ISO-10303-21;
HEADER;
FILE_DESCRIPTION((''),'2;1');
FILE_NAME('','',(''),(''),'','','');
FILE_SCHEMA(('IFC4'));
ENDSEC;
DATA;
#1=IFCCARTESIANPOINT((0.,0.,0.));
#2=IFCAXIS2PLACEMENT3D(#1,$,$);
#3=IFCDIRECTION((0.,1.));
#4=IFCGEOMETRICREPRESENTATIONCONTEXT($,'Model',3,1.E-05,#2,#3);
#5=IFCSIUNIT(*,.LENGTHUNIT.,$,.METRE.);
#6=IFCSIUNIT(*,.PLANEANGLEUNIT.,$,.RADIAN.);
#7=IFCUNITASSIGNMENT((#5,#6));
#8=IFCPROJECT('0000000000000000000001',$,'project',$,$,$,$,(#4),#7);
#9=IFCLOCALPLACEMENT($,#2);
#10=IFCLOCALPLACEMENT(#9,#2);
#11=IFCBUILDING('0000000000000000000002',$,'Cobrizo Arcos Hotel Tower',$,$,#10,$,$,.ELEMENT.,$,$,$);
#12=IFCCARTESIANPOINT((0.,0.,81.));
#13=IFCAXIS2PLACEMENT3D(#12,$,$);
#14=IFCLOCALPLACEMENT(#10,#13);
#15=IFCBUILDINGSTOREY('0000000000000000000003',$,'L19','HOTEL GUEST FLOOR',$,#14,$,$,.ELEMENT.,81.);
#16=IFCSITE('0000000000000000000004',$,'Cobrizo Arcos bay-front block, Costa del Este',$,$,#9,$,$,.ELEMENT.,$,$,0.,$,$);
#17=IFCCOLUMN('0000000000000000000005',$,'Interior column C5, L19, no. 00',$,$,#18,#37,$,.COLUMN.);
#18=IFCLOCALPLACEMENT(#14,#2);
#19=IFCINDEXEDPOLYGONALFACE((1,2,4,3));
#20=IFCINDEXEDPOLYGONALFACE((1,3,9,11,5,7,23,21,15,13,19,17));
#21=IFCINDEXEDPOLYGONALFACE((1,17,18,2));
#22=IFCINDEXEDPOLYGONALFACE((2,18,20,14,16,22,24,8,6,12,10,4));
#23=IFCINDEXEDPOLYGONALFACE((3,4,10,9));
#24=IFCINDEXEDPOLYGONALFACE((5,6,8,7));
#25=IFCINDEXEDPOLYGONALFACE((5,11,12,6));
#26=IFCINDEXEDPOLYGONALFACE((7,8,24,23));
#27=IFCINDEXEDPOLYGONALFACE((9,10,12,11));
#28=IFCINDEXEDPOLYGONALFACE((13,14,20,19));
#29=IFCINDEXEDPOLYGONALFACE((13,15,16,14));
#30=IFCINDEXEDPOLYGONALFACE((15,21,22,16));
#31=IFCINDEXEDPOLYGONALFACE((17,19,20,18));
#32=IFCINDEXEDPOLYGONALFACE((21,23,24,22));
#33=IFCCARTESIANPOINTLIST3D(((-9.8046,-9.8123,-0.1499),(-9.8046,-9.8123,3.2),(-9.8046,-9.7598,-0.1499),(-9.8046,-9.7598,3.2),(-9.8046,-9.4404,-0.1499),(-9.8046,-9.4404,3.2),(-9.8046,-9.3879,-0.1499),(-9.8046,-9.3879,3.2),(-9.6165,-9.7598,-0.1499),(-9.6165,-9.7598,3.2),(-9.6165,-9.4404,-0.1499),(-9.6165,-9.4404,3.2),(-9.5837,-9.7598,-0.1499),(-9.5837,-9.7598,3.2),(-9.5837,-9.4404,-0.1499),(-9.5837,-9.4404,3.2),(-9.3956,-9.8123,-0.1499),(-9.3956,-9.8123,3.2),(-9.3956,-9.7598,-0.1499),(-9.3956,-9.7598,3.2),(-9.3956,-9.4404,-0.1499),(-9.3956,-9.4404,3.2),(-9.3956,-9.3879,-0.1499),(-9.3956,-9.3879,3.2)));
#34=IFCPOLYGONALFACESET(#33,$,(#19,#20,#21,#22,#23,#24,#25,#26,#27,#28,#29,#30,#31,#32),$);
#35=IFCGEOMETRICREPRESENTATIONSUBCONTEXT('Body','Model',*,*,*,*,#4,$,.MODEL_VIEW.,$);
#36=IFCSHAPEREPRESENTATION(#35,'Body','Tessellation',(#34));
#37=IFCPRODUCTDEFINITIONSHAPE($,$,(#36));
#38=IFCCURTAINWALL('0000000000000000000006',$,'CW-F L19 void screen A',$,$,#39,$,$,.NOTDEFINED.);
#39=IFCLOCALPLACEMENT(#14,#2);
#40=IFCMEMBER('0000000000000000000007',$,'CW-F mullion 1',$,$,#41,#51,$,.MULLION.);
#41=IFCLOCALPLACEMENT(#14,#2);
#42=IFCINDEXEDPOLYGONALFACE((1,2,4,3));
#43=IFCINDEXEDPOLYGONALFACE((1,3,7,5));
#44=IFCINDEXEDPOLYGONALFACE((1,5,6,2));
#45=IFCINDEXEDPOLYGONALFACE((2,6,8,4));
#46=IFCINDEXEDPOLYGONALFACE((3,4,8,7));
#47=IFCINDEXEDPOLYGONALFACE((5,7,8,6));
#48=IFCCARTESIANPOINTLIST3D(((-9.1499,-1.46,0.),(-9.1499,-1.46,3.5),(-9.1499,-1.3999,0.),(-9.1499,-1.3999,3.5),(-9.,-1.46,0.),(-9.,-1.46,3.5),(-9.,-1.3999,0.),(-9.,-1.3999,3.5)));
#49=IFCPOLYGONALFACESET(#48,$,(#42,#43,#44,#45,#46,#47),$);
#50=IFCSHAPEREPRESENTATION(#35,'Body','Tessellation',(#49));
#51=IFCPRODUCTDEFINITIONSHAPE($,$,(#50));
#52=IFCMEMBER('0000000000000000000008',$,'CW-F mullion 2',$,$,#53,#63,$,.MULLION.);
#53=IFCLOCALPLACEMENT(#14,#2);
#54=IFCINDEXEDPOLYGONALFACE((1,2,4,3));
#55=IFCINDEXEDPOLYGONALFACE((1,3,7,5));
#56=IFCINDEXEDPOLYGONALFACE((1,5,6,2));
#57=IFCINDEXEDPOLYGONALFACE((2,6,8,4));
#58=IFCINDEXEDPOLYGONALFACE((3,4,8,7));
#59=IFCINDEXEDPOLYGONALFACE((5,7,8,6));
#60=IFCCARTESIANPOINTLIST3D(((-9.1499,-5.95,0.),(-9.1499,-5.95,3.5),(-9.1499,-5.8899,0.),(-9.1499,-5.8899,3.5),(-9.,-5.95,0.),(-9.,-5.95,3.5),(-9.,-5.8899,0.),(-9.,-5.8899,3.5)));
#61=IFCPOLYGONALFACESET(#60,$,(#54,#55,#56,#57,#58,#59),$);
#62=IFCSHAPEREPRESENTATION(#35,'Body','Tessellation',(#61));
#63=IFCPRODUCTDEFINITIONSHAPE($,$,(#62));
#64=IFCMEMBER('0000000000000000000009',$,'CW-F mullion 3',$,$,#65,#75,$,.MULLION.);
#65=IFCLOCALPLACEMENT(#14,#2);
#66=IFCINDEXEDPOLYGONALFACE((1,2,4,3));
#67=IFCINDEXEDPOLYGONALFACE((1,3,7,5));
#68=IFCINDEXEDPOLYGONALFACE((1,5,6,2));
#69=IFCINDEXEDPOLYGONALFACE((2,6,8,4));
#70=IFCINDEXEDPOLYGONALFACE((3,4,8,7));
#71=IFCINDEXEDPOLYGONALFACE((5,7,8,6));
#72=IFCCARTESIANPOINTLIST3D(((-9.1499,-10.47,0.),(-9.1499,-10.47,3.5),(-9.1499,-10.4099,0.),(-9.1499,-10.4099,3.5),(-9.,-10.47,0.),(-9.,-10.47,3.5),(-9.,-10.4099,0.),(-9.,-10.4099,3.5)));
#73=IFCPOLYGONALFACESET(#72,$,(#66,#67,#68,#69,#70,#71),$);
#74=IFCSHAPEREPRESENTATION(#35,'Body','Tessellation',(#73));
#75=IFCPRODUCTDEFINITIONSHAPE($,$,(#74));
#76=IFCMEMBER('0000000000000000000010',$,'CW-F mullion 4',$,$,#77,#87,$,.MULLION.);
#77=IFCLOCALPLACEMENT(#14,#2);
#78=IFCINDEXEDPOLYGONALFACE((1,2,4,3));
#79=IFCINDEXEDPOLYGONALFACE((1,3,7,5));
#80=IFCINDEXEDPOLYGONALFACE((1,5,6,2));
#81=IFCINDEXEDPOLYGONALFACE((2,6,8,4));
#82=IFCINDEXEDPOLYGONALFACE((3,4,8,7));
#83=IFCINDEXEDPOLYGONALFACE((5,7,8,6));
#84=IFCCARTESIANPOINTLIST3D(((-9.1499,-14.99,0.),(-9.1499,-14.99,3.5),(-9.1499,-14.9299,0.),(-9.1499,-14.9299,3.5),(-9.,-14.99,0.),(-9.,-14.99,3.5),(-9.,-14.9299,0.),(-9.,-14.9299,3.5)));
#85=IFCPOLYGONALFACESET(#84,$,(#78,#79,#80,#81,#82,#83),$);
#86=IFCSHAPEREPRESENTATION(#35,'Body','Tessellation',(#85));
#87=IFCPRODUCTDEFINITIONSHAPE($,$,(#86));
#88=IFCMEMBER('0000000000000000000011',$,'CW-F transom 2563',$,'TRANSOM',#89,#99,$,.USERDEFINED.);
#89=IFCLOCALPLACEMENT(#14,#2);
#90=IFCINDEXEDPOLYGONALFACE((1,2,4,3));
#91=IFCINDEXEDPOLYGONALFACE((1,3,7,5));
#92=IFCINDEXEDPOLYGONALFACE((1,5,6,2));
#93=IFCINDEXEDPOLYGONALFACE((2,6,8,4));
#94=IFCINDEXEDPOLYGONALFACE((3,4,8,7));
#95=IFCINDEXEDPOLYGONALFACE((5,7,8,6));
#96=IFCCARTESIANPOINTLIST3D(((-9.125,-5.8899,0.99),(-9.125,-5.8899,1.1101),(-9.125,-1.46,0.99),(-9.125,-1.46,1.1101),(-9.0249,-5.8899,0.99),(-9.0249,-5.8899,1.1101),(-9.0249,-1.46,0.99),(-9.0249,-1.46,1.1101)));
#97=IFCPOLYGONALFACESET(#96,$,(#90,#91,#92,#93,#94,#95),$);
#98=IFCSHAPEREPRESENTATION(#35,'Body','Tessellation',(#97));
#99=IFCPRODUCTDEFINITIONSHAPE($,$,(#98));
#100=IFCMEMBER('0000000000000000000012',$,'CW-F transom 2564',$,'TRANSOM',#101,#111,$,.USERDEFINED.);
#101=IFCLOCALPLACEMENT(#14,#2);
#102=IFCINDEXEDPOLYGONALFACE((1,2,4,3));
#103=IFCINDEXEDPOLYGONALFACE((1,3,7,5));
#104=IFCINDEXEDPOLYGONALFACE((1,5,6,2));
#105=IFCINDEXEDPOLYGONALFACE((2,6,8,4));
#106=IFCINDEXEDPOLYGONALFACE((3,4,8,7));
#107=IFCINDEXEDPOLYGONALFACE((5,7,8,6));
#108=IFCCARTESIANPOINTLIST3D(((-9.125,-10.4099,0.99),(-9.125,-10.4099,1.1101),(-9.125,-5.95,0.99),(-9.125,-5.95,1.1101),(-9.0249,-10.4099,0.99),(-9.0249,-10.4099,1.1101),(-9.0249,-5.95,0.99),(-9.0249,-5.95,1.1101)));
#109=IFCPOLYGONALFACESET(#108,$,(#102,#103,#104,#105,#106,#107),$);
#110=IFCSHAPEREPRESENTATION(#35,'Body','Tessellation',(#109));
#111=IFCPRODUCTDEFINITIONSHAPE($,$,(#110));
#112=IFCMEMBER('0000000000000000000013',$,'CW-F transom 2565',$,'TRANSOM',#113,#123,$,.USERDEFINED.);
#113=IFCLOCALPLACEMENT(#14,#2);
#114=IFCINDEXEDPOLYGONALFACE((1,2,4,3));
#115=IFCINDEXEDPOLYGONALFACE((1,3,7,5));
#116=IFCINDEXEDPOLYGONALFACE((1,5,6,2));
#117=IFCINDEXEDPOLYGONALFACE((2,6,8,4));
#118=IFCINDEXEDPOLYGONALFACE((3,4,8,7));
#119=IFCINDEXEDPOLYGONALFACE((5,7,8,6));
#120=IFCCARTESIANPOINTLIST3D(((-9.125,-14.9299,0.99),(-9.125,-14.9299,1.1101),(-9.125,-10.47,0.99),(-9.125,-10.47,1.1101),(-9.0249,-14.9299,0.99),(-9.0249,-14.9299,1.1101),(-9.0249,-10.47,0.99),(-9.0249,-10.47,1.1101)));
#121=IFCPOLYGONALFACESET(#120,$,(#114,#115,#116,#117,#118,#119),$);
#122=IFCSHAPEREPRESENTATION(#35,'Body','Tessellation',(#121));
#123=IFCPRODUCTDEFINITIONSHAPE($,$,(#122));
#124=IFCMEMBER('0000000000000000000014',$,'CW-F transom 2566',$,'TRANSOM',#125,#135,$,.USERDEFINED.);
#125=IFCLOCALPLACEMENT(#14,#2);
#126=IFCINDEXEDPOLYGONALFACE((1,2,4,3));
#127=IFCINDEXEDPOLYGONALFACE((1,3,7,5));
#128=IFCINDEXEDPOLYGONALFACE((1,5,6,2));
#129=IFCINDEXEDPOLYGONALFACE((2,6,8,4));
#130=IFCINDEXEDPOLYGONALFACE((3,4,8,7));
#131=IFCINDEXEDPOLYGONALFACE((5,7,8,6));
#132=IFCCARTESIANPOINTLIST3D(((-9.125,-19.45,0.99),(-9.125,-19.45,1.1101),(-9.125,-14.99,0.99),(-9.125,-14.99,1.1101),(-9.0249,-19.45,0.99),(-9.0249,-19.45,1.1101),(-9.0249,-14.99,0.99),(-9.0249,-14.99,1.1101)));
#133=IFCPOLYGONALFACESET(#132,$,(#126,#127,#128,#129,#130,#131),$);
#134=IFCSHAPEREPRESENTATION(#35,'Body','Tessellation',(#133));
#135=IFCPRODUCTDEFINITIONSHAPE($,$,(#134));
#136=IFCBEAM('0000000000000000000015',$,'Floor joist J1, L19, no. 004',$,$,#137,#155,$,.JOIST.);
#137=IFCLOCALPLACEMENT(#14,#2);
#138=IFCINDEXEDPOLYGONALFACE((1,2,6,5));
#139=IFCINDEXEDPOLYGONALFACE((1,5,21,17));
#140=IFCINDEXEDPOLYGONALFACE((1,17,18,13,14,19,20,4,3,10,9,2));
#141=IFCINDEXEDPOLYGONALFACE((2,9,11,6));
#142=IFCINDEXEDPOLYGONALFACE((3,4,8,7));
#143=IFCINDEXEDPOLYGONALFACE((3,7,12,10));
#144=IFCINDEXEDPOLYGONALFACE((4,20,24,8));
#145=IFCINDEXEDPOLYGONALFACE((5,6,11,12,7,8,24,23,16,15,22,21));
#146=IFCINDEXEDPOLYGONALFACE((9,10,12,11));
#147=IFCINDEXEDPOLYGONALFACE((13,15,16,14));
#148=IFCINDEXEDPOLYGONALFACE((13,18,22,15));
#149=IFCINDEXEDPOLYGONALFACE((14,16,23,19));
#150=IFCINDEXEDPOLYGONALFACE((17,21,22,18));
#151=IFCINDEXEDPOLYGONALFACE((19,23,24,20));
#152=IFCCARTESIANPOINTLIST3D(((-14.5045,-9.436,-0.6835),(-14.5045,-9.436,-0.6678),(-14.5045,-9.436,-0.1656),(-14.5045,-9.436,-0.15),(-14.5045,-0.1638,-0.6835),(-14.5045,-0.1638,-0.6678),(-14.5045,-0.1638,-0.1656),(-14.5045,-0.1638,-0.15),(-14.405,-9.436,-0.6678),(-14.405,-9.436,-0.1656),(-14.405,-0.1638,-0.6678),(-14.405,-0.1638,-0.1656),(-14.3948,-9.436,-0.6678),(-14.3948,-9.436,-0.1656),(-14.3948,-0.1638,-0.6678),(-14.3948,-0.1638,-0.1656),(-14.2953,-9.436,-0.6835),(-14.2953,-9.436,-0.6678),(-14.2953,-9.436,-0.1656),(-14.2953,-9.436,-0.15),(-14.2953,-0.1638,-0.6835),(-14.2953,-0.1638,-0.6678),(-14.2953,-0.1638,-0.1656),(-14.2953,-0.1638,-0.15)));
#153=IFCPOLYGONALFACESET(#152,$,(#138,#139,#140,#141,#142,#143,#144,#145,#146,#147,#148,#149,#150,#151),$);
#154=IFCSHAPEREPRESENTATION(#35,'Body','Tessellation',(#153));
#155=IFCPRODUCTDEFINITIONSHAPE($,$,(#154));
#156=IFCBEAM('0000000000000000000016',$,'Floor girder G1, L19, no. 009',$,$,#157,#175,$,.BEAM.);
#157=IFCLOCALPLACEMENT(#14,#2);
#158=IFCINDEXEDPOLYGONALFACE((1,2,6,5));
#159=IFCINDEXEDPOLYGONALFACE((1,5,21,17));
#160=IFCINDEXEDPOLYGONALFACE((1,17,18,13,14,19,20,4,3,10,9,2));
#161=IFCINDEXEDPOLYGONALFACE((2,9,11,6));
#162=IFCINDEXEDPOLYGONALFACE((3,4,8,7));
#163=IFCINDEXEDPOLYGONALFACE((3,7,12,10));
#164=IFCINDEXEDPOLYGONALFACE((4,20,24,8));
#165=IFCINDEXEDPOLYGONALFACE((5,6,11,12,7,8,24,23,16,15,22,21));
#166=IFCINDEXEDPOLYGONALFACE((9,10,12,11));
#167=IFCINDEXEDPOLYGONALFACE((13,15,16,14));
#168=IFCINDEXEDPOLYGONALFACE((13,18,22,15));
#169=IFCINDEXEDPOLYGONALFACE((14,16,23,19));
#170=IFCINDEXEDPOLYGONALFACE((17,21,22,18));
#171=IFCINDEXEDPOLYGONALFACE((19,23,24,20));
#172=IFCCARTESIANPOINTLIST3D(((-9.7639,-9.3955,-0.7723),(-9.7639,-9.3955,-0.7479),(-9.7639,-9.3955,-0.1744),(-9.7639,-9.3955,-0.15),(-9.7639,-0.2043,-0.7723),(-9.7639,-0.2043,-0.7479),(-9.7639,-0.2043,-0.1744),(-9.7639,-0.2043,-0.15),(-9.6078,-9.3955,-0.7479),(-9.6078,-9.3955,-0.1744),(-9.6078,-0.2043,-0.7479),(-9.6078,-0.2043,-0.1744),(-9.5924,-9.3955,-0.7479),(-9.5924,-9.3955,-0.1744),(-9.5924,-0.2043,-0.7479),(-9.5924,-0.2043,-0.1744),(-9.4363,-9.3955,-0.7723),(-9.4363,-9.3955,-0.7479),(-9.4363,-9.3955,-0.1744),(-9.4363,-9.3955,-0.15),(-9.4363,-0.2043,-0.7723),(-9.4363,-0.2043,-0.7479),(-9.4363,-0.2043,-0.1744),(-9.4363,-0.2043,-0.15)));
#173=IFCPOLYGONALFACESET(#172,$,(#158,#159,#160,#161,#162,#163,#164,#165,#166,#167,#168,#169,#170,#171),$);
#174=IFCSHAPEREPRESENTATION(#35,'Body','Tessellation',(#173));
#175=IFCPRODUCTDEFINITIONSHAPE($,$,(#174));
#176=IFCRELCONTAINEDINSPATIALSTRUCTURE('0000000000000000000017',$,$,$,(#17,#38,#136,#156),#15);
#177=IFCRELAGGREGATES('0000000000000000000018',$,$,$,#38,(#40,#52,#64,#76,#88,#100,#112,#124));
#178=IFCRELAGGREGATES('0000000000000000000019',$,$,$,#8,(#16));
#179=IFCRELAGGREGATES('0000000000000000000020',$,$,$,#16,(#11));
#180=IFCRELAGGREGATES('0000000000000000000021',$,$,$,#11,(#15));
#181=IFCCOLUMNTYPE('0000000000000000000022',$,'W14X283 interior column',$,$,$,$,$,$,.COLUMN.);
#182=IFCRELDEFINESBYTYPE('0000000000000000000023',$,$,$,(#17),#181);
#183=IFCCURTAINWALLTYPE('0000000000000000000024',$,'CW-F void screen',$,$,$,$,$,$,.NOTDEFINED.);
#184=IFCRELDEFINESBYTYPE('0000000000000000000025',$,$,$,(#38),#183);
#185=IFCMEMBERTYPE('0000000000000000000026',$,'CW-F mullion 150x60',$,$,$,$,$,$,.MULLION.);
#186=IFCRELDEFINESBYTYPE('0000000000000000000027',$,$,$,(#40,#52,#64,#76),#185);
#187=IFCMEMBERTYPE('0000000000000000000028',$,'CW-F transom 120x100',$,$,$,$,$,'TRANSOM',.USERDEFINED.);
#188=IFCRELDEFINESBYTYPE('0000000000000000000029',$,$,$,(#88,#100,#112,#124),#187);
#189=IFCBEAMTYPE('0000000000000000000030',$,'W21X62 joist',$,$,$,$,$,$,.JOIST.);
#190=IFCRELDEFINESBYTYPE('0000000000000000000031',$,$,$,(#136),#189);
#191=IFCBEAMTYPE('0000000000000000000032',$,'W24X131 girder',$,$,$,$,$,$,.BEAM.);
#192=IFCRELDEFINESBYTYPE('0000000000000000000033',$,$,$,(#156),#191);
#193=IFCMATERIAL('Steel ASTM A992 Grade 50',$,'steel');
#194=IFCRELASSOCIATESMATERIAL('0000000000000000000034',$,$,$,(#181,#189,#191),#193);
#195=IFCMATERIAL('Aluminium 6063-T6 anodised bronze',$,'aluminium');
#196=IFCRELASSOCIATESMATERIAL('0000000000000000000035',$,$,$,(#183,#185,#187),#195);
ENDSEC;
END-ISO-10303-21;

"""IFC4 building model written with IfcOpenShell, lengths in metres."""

from ifc_helpers import new_model, si_unit, direction, frame, origin, origin_2d, place, context, subcontext, project, spatial, rectangle, i_section, extrude, material, material_profile, profile_set, type_object, element, aggregate, save


model = new_model("IFC4")

# Units and contexts
model_context = context("Model", 3, precision=1e-05, world=origin(), true_north=direction((0.0, 1.0)))
body_context = subcontext(model_context, "Body", "Model", "MODEL_VIEW")
ifc_project = project(units=[si_unit("LENGTHUNIT", "METRE"), si_unit("PLANEANGLEUNIT", "RADIAN")], contexts=[model_context])

# Site, building, storey
site_placement = place(None, origin())
site = spatial("IfcSite", under=ifc_project, at=site_placement, Name="Cobrizo Arcos bay-front block, Costa del Este", CompositionType="ELEMENT", RefElevation=0.0)
building_placement = place(site_placement, origin())
building = spatial("IfcBuilding", under=site, at=building_placement, Name="Cobrizo Arcos Hotel Tower", CompositionType="ELEMENT")
storey_placement = place(building_placement, frame((0.0, 0.0, 81.0)))
storey = spatial("IfcBuildingStorey", under=building, at=storey_placement, Name="L19", Description="HOTEL GUEST FLOOR", CompositionType="ELEMENT", Elevation=81.0)

# Column
ifc_material_1 = material(Name="Steel ASTM A992 Grade 50", Category="steel")
ifc_material_profile_1 = material_profile(ifc_material_1, i_section(OverallWidth=0.4089, OverallDepth=0.4243, WebThickness=0.0327, FlangeThickness=0.0525, at=origin_2d()), Name="W14X283")
ifc_profile_set_1 = profile_set([ifc_material_profile_1], Name="Steel ASTM A992 Grade 50")
column_type = type_object("IfcColumnType", Name="W14X283 interior column", PredefinedType="COLUMN", material=ifc_profile_set_1)
column_placement = place(storey_placement, frame((-9.6001, -9.6001, -0.1499), z_axis=(0.0, 0.0, 1.0), x_axis=(1.0, 0.0, 0.0)))
element("IfcColumn", 1, at=column_placement, inside=storey, type_object=column_type, Name="Interior column C5, L19, no. 00", PredefinedType="COLUMN", context=body_context, shape_type="SweptSolid", body=[
    extrude(i_section(OverallWidth=0.4089, OverallDepth=0.4243, WebThickness=0.0327, FlangeThickness=0.0525, at=origin_2d()), origin(), (0.0, 0.0, 1.0), 3.3499),
])

# Curtain wall, members
ifc_material_2 = material(Name="Aluminium 6063-T6 anodised bronze", Category="aluminium")
curtain_wall_type = type_object("IfcCurtainWallType", Name="CW-F void screen", PredefinedType="NOTDEFINED", material=ifc_material_2)
curtain_wall_placement = place(storey_placement, origin())
curtain_wall = element("IfcCurtainWall", 2, at=curtain_wall_placement, inside=storey, type_object=curtain_wall_type, Name="CW-F L19 void screen A", PredefinedType="NOTDEFINED")
ifc_material_profile_2 = material_profile(ifc_material_2, rectangle(XDim=0.1499, YDim=0.0601, at=origin_2d()), Name="CW-F mullion 150x60")
ifc_profile_set_2 = profile_set([ifc_material_profile_2], Name="Aluminium 6063-T6 anodised bronze")
member_type_1 = type_object("IfcMemberType", Name="CW-F mullion 150x60", PredefinedType="MULLION", material=ifc_profile_set_2)
member_1_placement = place(storey_placement, frame((-9.075, -1.4299, 0.0), z_axis=(0.0, 0.0, 1.0), x_axis=(-1.0, 0.0, 0.0)))
member_1 = element("IfcMember", 3, at=member_1_placement, type_object=member_type_1, Name="CW-F mullion 1", PredefinedType="MULLION", context=body_context, shape_type="SweptSolid", body=[
    extrude(rectangle(XDim=0.1499, YDim=0.0601, at=origin_2d()), origin(), (0.0, 0.0, 1.0), 3.5),
])
member_2_placement = place(storey_placement, frame((-9.075, -5.9199, 0.0), z_axis=(0.0, 0.0, 1.0), x_axis=(-1.0, 0.0, 0.0)))
member_2 = element("IfcMember", 4, at=member_2_placement, type_object=member_type_1, Name="CW-F mullion 2", PredefinedType="MULLION", context=body_context, shape_type="SweptSolid", body=[
    extrude(rectangle(XDim=0.1499, YDim=0.0601, at=origin_2d()), origin(), (0.0, 0.0, 1.0), 3.5),
])
member_3_placement = place(storey_placement, frame((-9.075, -10.4399, 0.0), z_axis=(0.0, 0.0, 1.0), x_axis=(-1.0, 0.0, 0.0)))
member_3 = element("IfcMember", 5, at=member_3_placement, type_object=member_type_1, Name="CW-F mullion 3", PredefinedType="MULLION", context=body_context, shape_type="SweptSolid", body=[
    extrude(rectangle(XDim=0.1499, YDim=0.0601, at=origin_2d()), origin(), (0.0, 0.0, 1.0), 3.5),
])
member_4_placement = place(storey_placement, frame((-9.075, -14.96, 0.0), z_axis=(0.0, 0.0, 1.0), x_axis=(-1.0, 0.0, 0.0)))
member_4 = element("IfcMember", 6, at=member_4_placement, type_object=member_type_1, Name="CW-F mullion 4", PredefinedType="MULLION", context=body_context, shape_type="SweptSolid", body=[
    extrude(rectangle(XDim=0.1499, YDim=0.0601, at=origin_2d()), origin(), (0.0, 0.0, 1.0), 3.5),
])
ifc_material_profile_3 = material_profile(ifc_material_2, rectangle(XDim=0.1001, YDim=0.1201, at=origin_2d()), Name="CW-F transom 120x100")
ifc_profile_set_3 = profile_set([ifc_material_profile_3], Name="Aluminium 6063-T6 anodised bronze")
member_type_2 = type_object("IfcMemberType", Name="CW-F transom 120x100", ElementType="TRANSOM", PredefinedType="USERDEFINED", material=ifc_profile_set_3)
member_5_placement = place(storey_placement, frame((-9.075, -1.46, 1.05), z_axis=(0.0, -1.0, 0.0), x_axis=(1.0, 0.0, 0.0)))
member_5 = element("IfcMember", 7, at=member_5_placement, type_object=member_type_2, Name="CW-F transom 2563", ObjectType="TRANSOM", PredefinedType="USERDEFINED", context=body_context, shape_type="SweptSolid", body=[
    extrude(rectangle(XDim=0.1001, YDim=0.1201, at=origin_2d()), origin(), (0.0, 0.0, 1.0), 4.4299),
])
member_6_placement = place(storey_placement, frame((-9.075, -5.95, 1.05), z_axis=(0.0, -1.0, 0.0), x_axis=(1.0, 0.0, 0.0)))
member_6 = element("IfcMember", 8, at=member_6_placement, type_object=member_type_2, Name="CW-F transom 2564", ObjectType="TRANSOM", PredefinedType="USERDEFINED", context=body_context, shape_type="SweptSolid", body=[
    extrude(rectangle(XDim=0.1001, YDim=0.1201, at=origin_2d()), origin(), (0.0, 0.0, 1.0), 4.46),
])
member_7_placement = place(storey_placement, frame((-9.075, -10.47, 1.05), z_axis=(0.0, -1.0, 0.0), x_axis=(1.0, 0.0, 0.0)))
member_7 = element("IfcMember", 9, at=member_7_placement, type_object=member_type_2, Name="CW-F transom 2565", ObjectType="TRANSOM", PredefinedType="USERDEFINED", context=body_context, shape_type="SweptSolid", body=[
    extrude(rectangle(XDim=0.1001, YDim=0.1201, at=origin_2d()), origin(), (0.0, 0.0, 1.0), 4.46),
])
member_8_placement = place(storey_placement, frame((-9.075, -14.99, 1.05), z_axis=(0.0, -1.0, 0.0), x_axis=(1.0, 0.0, 0.0)))
member_8 = element("IfcMember", 10, at=member_8_placement, type_object=member_type_2, Name="CW-F transom 2566", ObjectType="TRANSOM", PredefinedType="USERDEFINED", context=body_context, shape_type="SweptSolid", body=[
    extrude(rectangle(XDim=0.1001, YDim=0.1201, at=origin_2d()), origin(), (0.0, 0.0, 1.0), 4.46),
])

# Beams
ifc_material_profile_4 = material_profile(ifc_material_1, i_section(OverallWidth=0.2092, OverallDepth=0.5334, WebThickness=0.0103, FlangeThickness=0.0156, at=origin_2d()), Name="W21X62")
ifc_profile_set_4 = profile_set([ifc_material_profile_4], Name="Steel ASTM A992 Grade 50")
beam_type_1 = type_object("IfcBeamType", Name="W21X62 joist", PredefinedType="JOIST", material=ifc_profile_set_4)
beam_1_placement = place(storey_placement, frame((-14.3999, -9.436, -0.4167), z_axis=(0.0, 1.0, 0.0), x_axis=(-1.0, 0.0, 0.0)))
element("IfcBeam", 11, at=beam_1_placement, inside=storey, type_object=beam_type_1, Name="Floor joist J1, L19, no. 004", PredefinedType="JOIST", context=body_context, shape_type="SweptSolid", body=[
    extrude(i_section(OverallWidth=0.2092, OverallDepth=0.5334, WebThickness=0.0103, FlangeThickness=0.0156, at=origin_2d()), origin(), (0.0, 0.0, 1.0), 9.2722),
])
ifc_material_profile_5 = material_profile(ifc_material_1, i_section(OverallWidth=0.3276, OverallDepth=0.6223, WebThickness=0.0154, FlangeThickness=0.0244, at=origin_2d()), Name="W24X131")
ifc_profile_set_5 = profile_set([ifc_material_profile_5], Name="Steel ASTM A992 Grade 50")
beam_type_2 = type_object("IfcBeamType", Name="W24X131 girder", PredefinedType="BEAM", material=ifc_profile_set_5)
beam_2_placement = place(storey_placement, frame((-9.6001, -9.3955, -0.4612), z_axis=(0.0, 1.0, 0.0), x_axis=(-1.0, 0.0, 0.0)))
element("IfcBeam", 12, at=beam_2_placement, inside=storey, type_object=beam_type_2, Name="Floor girder G1, L19, no. 009", PredefinedType="BEAM", context=body_context, shape_type="SweptSolid", body=[
    extrude(i_section(OverallWidth=0.3276, OverallDepth=0.6223, WebThickness=0.0154, FlangeThickness=0.0244, at=origin_2d()), origin(), (0.0, 0.0, 1.0), 9.1912),
])

aggregate(curtain_wall, [member_1, member_2, member_3, member_4, member_5, member_6, member_7, member_8])

save(model, "model.ifc")
